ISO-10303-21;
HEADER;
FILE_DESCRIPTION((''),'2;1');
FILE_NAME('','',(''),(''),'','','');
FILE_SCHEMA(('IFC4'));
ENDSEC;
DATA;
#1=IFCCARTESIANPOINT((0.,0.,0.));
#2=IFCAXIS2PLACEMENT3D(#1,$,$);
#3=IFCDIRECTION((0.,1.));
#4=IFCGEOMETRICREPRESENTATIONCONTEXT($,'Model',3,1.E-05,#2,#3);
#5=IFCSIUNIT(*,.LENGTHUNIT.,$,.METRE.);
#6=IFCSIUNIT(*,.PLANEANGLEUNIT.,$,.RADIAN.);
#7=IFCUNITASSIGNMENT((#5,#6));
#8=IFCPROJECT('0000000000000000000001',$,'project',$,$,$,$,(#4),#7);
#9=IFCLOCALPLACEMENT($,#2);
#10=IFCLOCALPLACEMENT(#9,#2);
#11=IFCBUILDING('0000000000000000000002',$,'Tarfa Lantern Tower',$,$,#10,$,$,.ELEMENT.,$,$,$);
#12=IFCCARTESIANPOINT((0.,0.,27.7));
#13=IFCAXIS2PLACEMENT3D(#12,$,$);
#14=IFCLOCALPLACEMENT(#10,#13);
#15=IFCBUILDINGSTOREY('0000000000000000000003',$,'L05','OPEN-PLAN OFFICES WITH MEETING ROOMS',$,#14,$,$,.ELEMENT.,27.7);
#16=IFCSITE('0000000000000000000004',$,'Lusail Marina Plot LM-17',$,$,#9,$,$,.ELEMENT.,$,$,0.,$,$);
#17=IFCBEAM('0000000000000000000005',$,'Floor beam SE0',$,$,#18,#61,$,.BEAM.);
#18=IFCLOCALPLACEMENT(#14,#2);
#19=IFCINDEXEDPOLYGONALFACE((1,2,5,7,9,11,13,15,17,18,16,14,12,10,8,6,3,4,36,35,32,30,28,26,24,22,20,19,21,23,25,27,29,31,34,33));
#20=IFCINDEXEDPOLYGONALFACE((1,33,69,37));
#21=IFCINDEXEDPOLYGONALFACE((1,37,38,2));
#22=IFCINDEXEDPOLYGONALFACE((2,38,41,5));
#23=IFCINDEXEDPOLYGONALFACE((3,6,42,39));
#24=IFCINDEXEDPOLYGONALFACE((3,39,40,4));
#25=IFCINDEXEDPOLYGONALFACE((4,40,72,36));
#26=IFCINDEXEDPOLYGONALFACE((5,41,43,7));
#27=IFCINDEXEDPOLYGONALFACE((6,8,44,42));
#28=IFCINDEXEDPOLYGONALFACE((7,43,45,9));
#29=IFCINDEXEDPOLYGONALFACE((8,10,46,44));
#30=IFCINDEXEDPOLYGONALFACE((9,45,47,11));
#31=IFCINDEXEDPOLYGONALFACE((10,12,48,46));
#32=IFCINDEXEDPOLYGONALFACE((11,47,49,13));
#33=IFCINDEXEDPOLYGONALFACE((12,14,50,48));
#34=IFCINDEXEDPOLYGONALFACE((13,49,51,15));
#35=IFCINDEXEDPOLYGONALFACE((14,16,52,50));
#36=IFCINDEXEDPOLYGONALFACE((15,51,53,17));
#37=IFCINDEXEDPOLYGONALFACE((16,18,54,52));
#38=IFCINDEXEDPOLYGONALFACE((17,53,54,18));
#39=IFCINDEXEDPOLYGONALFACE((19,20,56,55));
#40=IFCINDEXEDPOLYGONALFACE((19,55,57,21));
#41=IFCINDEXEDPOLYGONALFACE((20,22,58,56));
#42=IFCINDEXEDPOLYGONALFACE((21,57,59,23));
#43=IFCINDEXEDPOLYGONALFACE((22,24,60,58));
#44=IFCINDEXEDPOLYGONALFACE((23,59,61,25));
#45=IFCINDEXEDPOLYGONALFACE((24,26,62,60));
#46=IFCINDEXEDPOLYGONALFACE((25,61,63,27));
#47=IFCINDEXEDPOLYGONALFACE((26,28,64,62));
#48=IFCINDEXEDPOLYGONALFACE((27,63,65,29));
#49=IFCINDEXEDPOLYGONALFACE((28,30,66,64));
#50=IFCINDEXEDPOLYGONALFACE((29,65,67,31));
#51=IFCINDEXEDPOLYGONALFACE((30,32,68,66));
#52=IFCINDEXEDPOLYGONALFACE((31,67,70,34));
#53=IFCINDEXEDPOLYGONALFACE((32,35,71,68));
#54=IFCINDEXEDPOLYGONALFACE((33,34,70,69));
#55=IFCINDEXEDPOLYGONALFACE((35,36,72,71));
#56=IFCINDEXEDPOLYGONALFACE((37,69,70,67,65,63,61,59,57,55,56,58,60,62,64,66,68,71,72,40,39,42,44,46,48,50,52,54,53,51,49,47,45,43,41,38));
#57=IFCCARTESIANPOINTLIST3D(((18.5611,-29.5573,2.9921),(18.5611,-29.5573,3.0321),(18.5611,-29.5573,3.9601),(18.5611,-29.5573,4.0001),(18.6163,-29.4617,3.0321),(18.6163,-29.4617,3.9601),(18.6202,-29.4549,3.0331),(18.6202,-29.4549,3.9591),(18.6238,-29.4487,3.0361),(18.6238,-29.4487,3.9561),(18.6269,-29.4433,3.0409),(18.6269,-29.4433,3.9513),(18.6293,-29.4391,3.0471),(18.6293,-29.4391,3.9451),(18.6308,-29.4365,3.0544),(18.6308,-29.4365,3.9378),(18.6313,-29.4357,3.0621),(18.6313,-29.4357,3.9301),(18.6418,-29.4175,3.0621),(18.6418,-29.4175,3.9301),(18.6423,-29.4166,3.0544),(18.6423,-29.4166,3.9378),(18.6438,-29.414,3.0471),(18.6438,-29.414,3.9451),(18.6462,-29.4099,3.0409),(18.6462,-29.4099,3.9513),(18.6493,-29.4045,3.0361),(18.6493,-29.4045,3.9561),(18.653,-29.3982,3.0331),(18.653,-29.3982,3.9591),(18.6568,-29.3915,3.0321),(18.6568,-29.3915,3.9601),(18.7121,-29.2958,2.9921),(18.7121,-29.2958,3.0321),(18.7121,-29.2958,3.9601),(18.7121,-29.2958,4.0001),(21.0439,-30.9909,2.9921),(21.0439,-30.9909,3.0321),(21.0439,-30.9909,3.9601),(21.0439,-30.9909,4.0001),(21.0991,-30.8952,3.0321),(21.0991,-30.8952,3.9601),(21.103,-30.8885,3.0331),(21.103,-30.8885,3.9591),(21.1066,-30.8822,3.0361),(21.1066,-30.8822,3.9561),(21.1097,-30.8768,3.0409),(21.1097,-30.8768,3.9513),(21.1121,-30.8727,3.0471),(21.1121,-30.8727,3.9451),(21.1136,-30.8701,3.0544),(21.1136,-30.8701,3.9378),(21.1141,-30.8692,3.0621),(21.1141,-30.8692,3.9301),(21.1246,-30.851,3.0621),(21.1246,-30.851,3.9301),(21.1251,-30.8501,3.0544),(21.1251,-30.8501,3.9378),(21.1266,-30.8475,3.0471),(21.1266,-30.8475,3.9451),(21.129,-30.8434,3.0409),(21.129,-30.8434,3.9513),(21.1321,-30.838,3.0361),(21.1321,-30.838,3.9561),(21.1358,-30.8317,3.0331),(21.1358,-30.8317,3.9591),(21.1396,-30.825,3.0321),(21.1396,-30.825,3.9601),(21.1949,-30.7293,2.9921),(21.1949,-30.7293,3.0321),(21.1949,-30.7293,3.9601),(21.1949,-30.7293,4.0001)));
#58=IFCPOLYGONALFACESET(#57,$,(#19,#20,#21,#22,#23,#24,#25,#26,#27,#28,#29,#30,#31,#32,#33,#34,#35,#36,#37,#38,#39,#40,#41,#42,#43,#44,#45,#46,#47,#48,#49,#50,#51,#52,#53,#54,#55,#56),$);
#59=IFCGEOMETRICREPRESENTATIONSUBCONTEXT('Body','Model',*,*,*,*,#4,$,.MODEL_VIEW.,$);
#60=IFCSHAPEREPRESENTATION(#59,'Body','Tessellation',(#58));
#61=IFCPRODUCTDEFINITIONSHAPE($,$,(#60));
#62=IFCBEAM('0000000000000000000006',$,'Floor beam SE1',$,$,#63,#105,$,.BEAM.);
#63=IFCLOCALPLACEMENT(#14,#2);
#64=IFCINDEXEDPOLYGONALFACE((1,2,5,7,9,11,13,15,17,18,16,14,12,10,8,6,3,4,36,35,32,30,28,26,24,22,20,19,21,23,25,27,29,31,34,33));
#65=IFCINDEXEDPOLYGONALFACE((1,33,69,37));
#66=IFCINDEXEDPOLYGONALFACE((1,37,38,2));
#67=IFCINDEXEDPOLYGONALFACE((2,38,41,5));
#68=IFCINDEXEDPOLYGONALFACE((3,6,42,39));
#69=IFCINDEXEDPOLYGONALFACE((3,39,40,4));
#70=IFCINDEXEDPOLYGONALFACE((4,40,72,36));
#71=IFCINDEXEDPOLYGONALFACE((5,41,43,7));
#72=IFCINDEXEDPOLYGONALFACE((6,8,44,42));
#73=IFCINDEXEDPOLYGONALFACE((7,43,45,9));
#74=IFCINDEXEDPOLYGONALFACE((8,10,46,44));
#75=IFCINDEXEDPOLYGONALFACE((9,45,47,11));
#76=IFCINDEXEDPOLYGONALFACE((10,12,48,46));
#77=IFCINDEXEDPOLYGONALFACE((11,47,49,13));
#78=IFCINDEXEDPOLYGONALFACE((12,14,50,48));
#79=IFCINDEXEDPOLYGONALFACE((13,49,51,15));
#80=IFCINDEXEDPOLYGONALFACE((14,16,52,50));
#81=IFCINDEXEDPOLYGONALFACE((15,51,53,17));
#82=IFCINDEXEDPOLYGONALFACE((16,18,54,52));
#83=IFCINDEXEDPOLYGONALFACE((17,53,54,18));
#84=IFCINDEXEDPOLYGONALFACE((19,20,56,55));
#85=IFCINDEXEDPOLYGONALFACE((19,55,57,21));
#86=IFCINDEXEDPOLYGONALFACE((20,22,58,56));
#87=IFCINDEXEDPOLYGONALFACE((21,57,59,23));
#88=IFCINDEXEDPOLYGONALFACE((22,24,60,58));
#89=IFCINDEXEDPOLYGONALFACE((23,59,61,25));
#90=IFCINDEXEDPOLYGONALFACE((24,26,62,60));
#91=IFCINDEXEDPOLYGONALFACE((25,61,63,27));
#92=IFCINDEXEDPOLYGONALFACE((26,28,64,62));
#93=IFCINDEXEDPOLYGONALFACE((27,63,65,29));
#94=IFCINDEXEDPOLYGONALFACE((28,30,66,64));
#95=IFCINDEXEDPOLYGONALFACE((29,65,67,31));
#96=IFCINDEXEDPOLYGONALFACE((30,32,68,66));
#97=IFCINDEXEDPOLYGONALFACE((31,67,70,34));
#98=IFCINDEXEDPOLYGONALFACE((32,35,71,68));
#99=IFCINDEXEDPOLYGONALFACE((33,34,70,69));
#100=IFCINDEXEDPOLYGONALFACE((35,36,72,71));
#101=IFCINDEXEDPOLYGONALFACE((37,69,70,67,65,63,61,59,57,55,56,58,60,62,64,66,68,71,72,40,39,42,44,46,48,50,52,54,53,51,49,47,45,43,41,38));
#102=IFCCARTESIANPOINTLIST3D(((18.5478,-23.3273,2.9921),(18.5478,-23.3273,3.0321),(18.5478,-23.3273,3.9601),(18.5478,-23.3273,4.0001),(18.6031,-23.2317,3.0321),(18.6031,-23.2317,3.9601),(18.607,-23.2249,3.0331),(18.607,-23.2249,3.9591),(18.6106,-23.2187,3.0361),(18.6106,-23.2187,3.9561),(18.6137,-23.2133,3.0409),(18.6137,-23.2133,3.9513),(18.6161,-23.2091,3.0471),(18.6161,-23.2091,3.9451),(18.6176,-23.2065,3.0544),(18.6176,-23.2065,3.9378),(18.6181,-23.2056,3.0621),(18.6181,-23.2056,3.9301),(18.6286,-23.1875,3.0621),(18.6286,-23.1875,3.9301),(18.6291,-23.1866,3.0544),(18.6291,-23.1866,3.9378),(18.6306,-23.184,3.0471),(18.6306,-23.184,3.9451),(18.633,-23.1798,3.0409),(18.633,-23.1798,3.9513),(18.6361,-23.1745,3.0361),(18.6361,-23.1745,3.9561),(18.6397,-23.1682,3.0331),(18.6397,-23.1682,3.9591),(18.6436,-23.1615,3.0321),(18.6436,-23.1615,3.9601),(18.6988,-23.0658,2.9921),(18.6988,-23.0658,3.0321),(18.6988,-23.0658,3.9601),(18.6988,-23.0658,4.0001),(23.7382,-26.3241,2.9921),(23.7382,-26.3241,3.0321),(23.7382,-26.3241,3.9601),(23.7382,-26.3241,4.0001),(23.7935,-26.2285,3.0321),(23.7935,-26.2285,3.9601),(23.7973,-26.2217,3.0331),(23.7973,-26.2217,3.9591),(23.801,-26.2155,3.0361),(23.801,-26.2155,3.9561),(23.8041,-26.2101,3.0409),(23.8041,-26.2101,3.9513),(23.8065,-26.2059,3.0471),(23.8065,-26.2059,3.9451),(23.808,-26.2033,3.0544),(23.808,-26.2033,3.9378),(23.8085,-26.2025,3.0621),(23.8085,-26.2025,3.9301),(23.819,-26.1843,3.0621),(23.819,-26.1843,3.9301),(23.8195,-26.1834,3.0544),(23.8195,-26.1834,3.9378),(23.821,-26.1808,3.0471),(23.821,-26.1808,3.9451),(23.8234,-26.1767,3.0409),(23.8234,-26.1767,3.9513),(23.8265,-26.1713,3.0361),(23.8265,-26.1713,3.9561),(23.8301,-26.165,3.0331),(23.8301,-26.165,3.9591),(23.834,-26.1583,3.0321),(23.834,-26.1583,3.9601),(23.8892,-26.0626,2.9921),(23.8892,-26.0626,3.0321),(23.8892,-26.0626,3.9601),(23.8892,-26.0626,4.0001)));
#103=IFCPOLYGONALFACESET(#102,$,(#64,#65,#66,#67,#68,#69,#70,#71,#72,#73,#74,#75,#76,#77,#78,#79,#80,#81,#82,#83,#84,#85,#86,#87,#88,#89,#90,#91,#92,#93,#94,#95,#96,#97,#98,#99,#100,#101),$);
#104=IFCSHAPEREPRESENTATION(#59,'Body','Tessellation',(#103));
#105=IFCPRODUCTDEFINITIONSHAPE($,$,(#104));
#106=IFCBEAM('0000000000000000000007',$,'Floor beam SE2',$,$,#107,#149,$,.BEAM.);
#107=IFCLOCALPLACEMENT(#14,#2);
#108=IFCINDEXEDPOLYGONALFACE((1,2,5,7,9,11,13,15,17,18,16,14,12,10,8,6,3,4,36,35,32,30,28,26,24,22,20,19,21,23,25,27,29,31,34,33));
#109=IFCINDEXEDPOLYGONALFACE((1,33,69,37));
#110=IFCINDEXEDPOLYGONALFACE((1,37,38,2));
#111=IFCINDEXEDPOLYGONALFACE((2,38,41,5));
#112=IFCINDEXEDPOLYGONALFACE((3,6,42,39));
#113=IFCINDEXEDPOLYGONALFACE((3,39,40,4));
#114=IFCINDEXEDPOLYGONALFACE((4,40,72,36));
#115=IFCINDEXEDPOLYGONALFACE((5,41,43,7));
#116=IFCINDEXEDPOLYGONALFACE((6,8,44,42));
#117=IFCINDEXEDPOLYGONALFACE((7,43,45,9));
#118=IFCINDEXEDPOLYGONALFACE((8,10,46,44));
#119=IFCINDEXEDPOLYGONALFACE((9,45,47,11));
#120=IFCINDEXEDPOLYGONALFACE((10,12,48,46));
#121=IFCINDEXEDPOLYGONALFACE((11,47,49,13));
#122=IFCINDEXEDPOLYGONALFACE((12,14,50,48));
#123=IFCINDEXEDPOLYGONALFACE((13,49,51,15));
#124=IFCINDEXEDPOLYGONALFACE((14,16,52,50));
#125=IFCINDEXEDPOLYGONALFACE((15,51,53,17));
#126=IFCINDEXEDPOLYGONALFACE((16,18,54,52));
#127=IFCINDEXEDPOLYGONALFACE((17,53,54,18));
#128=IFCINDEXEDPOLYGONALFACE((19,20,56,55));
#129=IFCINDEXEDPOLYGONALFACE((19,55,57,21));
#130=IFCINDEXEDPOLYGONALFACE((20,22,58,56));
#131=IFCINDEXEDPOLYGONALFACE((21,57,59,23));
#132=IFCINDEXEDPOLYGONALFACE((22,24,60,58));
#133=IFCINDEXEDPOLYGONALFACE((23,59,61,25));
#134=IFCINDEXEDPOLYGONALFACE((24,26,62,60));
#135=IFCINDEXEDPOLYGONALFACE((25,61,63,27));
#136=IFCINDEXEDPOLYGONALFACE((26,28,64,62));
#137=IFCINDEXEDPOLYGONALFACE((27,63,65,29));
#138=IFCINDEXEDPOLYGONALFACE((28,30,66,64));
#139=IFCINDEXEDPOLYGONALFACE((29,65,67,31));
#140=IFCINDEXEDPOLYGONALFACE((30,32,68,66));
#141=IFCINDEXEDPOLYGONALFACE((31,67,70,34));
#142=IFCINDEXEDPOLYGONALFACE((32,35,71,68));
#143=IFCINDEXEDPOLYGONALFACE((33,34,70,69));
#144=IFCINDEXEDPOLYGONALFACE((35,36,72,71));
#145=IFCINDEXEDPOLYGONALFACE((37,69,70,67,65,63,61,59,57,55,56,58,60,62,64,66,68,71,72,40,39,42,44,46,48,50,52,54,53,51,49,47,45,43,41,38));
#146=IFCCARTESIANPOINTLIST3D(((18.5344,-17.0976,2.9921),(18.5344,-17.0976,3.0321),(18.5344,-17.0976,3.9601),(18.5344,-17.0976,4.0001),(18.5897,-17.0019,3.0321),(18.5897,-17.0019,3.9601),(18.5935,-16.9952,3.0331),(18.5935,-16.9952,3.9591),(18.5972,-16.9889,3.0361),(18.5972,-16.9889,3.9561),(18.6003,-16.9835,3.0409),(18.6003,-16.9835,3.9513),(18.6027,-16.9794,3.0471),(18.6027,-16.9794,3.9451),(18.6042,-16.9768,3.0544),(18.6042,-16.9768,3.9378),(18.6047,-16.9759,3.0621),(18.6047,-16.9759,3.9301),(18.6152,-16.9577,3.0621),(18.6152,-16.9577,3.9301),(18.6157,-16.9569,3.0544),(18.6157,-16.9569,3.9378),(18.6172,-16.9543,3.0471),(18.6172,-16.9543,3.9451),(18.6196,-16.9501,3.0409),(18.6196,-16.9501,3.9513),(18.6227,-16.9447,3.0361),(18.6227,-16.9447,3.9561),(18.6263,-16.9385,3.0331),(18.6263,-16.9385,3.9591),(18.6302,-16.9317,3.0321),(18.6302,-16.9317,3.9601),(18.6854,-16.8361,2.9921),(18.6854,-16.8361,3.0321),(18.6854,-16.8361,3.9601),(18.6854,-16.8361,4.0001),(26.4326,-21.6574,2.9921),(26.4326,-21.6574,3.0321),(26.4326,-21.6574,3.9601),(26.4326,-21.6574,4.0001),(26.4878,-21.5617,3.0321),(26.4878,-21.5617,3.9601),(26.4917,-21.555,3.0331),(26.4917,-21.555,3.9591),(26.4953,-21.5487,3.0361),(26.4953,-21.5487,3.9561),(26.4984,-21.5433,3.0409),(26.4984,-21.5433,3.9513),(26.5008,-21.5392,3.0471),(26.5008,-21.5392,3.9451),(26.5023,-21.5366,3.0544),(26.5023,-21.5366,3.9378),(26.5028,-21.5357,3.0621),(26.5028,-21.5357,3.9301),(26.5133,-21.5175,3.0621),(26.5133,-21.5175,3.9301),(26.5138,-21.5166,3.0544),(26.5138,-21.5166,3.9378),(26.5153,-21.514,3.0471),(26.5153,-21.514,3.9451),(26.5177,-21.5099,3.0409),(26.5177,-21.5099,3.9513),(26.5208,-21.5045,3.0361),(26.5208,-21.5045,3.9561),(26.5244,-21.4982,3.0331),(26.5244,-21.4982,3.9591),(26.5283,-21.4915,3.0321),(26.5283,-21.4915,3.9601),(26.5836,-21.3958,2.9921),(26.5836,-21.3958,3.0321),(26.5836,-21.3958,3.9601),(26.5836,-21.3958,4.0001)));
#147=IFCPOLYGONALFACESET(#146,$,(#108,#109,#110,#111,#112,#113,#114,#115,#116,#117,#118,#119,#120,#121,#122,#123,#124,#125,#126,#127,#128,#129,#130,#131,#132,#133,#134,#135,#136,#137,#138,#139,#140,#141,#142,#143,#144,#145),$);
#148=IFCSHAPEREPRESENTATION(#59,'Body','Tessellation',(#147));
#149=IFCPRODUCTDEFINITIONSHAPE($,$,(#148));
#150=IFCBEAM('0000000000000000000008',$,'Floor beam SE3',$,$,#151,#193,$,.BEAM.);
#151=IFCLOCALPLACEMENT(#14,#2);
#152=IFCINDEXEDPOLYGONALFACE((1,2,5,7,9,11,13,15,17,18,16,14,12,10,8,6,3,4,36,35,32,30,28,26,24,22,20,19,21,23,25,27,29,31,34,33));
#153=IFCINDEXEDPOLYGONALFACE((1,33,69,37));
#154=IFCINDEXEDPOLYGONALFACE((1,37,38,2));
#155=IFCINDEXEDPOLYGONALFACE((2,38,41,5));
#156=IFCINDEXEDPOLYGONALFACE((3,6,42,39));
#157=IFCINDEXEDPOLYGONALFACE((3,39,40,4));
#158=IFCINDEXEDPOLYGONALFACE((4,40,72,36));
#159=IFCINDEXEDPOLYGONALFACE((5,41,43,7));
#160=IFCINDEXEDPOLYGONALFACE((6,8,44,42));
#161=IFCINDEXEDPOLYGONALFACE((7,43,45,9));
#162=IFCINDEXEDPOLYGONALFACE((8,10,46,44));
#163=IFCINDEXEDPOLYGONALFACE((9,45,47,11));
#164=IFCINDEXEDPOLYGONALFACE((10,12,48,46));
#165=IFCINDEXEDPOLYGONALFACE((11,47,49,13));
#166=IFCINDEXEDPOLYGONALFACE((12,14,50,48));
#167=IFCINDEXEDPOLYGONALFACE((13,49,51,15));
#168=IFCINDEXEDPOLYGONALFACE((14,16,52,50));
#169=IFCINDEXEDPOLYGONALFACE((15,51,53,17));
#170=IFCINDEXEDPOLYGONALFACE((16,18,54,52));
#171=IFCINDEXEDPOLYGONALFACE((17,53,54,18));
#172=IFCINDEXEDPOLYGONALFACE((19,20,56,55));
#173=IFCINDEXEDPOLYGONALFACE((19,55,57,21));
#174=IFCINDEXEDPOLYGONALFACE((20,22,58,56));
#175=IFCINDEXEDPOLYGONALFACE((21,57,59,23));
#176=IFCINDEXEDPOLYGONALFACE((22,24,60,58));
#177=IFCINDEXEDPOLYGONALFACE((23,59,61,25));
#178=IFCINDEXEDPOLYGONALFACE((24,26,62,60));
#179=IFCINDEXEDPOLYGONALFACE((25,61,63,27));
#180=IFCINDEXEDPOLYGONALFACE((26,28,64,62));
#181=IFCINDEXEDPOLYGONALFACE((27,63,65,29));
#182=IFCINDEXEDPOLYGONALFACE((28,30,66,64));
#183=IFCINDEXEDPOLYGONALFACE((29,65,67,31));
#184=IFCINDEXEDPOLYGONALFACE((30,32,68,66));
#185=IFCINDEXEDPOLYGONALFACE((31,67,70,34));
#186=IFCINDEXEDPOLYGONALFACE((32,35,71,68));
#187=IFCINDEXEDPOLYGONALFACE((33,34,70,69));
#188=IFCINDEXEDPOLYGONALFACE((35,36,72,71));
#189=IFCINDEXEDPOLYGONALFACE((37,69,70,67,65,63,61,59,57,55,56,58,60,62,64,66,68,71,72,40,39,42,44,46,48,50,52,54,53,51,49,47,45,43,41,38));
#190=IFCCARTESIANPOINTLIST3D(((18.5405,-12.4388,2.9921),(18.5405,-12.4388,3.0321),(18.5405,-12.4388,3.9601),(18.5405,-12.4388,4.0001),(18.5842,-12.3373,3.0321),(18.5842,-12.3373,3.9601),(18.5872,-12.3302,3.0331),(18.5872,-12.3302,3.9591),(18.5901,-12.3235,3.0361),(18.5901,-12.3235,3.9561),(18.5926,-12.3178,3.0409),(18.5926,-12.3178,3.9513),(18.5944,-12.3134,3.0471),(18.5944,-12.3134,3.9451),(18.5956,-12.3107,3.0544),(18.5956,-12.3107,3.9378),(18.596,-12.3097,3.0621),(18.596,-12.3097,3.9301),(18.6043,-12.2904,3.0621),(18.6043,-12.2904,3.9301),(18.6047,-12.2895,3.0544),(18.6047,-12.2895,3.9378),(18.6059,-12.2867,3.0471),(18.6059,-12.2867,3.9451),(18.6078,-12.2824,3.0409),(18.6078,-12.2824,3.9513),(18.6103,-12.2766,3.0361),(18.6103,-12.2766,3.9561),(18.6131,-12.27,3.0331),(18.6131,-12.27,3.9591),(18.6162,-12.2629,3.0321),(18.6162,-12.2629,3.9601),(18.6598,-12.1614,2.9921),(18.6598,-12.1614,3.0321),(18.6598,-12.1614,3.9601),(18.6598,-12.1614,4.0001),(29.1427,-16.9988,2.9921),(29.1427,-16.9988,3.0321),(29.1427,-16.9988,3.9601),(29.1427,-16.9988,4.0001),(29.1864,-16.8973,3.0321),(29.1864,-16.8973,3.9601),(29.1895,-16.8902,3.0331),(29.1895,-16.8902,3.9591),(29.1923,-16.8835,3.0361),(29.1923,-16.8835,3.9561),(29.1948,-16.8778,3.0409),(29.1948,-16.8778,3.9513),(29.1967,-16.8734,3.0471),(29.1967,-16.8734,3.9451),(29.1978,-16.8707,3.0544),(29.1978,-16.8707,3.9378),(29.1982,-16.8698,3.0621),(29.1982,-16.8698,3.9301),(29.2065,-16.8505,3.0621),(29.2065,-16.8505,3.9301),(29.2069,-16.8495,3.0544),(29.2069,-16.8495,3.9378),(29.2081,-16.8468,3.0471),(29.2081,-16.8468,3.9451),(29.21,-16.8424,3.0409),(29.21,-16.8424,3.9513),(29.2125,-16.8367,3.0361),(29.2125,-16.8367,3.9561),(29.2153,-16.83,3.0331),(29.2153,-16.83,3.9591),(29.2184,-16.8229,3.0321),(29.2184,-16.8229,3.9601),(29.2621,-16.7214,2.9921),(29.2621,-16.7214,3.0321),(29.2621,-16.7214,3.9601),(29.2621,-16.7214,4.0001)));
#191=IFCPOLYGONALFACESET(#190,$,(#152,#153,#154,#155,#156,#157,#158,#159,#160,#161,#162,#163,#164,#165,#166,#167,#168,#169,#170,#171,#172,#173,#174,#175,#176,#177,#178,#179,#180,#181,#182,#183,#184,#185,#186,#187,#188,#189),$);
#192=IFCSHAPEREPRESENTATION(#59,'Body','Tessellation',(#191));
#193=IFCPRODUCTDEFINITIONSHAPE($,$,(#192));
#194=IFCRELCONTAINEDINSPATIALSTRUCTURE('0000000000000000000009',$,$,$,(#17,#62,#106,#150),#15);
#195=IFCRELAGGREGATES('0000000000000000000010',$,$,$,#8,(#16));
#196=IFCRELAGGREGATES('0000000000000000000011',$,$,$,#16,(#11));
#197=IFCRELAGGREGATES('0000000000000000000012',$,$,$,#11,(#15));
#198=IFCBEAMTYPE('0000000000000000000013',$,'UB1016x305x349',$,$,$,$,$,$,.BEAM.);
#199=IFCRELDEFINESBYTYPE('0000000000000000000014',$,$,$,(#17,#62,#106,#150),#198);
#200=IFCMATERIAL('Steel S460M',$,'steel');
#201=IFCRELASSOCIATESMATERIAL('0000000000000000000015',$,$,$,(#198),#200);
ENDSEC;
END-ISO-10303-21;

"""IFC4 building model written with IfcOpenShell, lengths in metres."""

from ifc_helpers import new_model, si_unit, direction, frame, origin, origin_2d, place, context, subcontext, project, spatial, i_section, extrude, material, material_profile, profile_set, type_object, element, save


model = new_model("IFC4")

# Units and contexts
model_context = context("Model", 3, precision=1e-05, world=origin(), true_north=direction((0.0, 1.0)))
body_context = subcontext(model_context, "Body", "Model", "MODEL_VIEW")
ifc_project = project(units=[si_unit("LENGTHUNIT", "METRE"), si_unit("PLANEANGLEUNIT", "RADIAN")], contexts=[model_context])

# Site, building, storey
site_placement = place(None, origin())
site = spatial("IfcSite", under=ifc_project, at=site_placement, Name="Lusail Marina Plot LM-17", CompositionType="ELEMENT", RefElevation=0.0)
building_placement = place(site_placement, origin())
building = spatial("IfcBuilding", under=site, at=building_placement, Name="Tarfa Lantern Tower", CompositionType="ELEMENT")
storey_placement = place(building_placement, frame((0.0, 0.0, 27.7)))
storey = spatial("IfcBuildingStorey", under=building, at=storey_placement, Name="L05", Description="OPEN-PLAN OFFICES WITH MEETING ROOMS", CompositionType="ELEMENT", Elevation=27.7)

# Beams
ifc_material_1 = material(Name="Steel S460M", Category="steel")
ifc_material_profile_1 = material_profile(ifc_material_1, i_section(OverallWidth=0.302, OverallDepth=1.0081, WebThickness=0.021, FlangeThickness=0.04, FilletRadius=0.03, at=origin_2d()), Name="UB1016x305x349")
ifc_profile_set_1 = profile_set([ifc_material_profile_1], Name="Steel S460M")
beam_type_1 = type_object("IfcBeamType", Name="UB1016x305x349", PredefinedType="BEAM", material=ifc_profile_set_1)
beam_1_placement = place(storey_placement, frame((21.1194, -30.8601, 3.4961), z_axis=(-0.866013, 0.500022, 0.0), x_axis=(-0.500022, -0.866013, 0.0)))
element("IfcBeam", 1, at=beam_1_placement, inside=storey, type_object=beam_type_1, Name="Floor beam SE0", PredefinedType="BEAM", context=body_context, shape_type="SweptSolid", body=[
    extrude(i_section(OverallWidth=0.302, OverallDepth=1.0081, WebThickness=0.021, FlangeThickness=0.04, FilletRadius=0.03, at=origin_2d()), origin(), (0.0, 0.0, 1.0), 2.8669),
])
beam_2_placement = place(storey_placement, frame((23.8137, -26.1934, 3.4961), z_axis=(-0.866016, 0.500016, 0.0), x_axis=(-0.500016, -0.866016, 0.0)))
element("IfcBeam", 2, at=beam_2_placement, inside=storey, type_object=beam_type_1, Name="Floor beam SE1", PredefinedType="BEAM", context=body_context, shape_type="SweptSolid", body=[
    extrude(i_section(OverallWidth=0.302, OverallDepth=1.0081, WebThickness=0.021, FlangeThickness=0.04, FilletRadius=0.03, at=origin_2d()), origin(), (0.0, 0.0, 1.0), 5.9934),
])
beam_3_placement = place(storey_placement, frame((26.5081, -21.5266, 3.4961), z_axis=(-0.866035, 0.499983, 0.0), x_axis=(-0.499983, -0.866035, 0.0)))
element("IfcBeam", 3, at=beam_3_placement, inside=storey, type_object=beam_type_1, Name="Floor beam SE2", PredefinedType="BEAM", context=body_context, shape_type="SweptSolid", body=[
    extrude(i_section(OverallWidth=0.302, OverallDepth=1.0081, WebThickness=0.021, FlangeThickness=0.04, FilletRadius=0.03, at=origin_2d()), origin(), (0.0, 0.0, 1.0), 9.1199),
])
beam_4_placement = place(storey_placement, frame((29.2024, -16.8601, 3.4961), z_axis=(-0.918635, 0.395106, 0.0), x_axis=(-0.395106, -0.918635, 0.0)))
element("IfcBeam", 4, at=beam_4_placement, inside=storey, type_object=beam_type_1, Name="Floor beam SE3", PredefinedType="BEAM", context=body_context, shape_type="SweptSolid", body=[
    extrude(i_section(OverallWidth=0.302, OverallDepth=1.0081, WebThickness=0.021, FlangeThickness=0.04, FilletRadius=0.03, at=origin_2d()), origin(), (0.0, 0.0, 1.0), 11.5413),
])

save(model, "model.ifc")
